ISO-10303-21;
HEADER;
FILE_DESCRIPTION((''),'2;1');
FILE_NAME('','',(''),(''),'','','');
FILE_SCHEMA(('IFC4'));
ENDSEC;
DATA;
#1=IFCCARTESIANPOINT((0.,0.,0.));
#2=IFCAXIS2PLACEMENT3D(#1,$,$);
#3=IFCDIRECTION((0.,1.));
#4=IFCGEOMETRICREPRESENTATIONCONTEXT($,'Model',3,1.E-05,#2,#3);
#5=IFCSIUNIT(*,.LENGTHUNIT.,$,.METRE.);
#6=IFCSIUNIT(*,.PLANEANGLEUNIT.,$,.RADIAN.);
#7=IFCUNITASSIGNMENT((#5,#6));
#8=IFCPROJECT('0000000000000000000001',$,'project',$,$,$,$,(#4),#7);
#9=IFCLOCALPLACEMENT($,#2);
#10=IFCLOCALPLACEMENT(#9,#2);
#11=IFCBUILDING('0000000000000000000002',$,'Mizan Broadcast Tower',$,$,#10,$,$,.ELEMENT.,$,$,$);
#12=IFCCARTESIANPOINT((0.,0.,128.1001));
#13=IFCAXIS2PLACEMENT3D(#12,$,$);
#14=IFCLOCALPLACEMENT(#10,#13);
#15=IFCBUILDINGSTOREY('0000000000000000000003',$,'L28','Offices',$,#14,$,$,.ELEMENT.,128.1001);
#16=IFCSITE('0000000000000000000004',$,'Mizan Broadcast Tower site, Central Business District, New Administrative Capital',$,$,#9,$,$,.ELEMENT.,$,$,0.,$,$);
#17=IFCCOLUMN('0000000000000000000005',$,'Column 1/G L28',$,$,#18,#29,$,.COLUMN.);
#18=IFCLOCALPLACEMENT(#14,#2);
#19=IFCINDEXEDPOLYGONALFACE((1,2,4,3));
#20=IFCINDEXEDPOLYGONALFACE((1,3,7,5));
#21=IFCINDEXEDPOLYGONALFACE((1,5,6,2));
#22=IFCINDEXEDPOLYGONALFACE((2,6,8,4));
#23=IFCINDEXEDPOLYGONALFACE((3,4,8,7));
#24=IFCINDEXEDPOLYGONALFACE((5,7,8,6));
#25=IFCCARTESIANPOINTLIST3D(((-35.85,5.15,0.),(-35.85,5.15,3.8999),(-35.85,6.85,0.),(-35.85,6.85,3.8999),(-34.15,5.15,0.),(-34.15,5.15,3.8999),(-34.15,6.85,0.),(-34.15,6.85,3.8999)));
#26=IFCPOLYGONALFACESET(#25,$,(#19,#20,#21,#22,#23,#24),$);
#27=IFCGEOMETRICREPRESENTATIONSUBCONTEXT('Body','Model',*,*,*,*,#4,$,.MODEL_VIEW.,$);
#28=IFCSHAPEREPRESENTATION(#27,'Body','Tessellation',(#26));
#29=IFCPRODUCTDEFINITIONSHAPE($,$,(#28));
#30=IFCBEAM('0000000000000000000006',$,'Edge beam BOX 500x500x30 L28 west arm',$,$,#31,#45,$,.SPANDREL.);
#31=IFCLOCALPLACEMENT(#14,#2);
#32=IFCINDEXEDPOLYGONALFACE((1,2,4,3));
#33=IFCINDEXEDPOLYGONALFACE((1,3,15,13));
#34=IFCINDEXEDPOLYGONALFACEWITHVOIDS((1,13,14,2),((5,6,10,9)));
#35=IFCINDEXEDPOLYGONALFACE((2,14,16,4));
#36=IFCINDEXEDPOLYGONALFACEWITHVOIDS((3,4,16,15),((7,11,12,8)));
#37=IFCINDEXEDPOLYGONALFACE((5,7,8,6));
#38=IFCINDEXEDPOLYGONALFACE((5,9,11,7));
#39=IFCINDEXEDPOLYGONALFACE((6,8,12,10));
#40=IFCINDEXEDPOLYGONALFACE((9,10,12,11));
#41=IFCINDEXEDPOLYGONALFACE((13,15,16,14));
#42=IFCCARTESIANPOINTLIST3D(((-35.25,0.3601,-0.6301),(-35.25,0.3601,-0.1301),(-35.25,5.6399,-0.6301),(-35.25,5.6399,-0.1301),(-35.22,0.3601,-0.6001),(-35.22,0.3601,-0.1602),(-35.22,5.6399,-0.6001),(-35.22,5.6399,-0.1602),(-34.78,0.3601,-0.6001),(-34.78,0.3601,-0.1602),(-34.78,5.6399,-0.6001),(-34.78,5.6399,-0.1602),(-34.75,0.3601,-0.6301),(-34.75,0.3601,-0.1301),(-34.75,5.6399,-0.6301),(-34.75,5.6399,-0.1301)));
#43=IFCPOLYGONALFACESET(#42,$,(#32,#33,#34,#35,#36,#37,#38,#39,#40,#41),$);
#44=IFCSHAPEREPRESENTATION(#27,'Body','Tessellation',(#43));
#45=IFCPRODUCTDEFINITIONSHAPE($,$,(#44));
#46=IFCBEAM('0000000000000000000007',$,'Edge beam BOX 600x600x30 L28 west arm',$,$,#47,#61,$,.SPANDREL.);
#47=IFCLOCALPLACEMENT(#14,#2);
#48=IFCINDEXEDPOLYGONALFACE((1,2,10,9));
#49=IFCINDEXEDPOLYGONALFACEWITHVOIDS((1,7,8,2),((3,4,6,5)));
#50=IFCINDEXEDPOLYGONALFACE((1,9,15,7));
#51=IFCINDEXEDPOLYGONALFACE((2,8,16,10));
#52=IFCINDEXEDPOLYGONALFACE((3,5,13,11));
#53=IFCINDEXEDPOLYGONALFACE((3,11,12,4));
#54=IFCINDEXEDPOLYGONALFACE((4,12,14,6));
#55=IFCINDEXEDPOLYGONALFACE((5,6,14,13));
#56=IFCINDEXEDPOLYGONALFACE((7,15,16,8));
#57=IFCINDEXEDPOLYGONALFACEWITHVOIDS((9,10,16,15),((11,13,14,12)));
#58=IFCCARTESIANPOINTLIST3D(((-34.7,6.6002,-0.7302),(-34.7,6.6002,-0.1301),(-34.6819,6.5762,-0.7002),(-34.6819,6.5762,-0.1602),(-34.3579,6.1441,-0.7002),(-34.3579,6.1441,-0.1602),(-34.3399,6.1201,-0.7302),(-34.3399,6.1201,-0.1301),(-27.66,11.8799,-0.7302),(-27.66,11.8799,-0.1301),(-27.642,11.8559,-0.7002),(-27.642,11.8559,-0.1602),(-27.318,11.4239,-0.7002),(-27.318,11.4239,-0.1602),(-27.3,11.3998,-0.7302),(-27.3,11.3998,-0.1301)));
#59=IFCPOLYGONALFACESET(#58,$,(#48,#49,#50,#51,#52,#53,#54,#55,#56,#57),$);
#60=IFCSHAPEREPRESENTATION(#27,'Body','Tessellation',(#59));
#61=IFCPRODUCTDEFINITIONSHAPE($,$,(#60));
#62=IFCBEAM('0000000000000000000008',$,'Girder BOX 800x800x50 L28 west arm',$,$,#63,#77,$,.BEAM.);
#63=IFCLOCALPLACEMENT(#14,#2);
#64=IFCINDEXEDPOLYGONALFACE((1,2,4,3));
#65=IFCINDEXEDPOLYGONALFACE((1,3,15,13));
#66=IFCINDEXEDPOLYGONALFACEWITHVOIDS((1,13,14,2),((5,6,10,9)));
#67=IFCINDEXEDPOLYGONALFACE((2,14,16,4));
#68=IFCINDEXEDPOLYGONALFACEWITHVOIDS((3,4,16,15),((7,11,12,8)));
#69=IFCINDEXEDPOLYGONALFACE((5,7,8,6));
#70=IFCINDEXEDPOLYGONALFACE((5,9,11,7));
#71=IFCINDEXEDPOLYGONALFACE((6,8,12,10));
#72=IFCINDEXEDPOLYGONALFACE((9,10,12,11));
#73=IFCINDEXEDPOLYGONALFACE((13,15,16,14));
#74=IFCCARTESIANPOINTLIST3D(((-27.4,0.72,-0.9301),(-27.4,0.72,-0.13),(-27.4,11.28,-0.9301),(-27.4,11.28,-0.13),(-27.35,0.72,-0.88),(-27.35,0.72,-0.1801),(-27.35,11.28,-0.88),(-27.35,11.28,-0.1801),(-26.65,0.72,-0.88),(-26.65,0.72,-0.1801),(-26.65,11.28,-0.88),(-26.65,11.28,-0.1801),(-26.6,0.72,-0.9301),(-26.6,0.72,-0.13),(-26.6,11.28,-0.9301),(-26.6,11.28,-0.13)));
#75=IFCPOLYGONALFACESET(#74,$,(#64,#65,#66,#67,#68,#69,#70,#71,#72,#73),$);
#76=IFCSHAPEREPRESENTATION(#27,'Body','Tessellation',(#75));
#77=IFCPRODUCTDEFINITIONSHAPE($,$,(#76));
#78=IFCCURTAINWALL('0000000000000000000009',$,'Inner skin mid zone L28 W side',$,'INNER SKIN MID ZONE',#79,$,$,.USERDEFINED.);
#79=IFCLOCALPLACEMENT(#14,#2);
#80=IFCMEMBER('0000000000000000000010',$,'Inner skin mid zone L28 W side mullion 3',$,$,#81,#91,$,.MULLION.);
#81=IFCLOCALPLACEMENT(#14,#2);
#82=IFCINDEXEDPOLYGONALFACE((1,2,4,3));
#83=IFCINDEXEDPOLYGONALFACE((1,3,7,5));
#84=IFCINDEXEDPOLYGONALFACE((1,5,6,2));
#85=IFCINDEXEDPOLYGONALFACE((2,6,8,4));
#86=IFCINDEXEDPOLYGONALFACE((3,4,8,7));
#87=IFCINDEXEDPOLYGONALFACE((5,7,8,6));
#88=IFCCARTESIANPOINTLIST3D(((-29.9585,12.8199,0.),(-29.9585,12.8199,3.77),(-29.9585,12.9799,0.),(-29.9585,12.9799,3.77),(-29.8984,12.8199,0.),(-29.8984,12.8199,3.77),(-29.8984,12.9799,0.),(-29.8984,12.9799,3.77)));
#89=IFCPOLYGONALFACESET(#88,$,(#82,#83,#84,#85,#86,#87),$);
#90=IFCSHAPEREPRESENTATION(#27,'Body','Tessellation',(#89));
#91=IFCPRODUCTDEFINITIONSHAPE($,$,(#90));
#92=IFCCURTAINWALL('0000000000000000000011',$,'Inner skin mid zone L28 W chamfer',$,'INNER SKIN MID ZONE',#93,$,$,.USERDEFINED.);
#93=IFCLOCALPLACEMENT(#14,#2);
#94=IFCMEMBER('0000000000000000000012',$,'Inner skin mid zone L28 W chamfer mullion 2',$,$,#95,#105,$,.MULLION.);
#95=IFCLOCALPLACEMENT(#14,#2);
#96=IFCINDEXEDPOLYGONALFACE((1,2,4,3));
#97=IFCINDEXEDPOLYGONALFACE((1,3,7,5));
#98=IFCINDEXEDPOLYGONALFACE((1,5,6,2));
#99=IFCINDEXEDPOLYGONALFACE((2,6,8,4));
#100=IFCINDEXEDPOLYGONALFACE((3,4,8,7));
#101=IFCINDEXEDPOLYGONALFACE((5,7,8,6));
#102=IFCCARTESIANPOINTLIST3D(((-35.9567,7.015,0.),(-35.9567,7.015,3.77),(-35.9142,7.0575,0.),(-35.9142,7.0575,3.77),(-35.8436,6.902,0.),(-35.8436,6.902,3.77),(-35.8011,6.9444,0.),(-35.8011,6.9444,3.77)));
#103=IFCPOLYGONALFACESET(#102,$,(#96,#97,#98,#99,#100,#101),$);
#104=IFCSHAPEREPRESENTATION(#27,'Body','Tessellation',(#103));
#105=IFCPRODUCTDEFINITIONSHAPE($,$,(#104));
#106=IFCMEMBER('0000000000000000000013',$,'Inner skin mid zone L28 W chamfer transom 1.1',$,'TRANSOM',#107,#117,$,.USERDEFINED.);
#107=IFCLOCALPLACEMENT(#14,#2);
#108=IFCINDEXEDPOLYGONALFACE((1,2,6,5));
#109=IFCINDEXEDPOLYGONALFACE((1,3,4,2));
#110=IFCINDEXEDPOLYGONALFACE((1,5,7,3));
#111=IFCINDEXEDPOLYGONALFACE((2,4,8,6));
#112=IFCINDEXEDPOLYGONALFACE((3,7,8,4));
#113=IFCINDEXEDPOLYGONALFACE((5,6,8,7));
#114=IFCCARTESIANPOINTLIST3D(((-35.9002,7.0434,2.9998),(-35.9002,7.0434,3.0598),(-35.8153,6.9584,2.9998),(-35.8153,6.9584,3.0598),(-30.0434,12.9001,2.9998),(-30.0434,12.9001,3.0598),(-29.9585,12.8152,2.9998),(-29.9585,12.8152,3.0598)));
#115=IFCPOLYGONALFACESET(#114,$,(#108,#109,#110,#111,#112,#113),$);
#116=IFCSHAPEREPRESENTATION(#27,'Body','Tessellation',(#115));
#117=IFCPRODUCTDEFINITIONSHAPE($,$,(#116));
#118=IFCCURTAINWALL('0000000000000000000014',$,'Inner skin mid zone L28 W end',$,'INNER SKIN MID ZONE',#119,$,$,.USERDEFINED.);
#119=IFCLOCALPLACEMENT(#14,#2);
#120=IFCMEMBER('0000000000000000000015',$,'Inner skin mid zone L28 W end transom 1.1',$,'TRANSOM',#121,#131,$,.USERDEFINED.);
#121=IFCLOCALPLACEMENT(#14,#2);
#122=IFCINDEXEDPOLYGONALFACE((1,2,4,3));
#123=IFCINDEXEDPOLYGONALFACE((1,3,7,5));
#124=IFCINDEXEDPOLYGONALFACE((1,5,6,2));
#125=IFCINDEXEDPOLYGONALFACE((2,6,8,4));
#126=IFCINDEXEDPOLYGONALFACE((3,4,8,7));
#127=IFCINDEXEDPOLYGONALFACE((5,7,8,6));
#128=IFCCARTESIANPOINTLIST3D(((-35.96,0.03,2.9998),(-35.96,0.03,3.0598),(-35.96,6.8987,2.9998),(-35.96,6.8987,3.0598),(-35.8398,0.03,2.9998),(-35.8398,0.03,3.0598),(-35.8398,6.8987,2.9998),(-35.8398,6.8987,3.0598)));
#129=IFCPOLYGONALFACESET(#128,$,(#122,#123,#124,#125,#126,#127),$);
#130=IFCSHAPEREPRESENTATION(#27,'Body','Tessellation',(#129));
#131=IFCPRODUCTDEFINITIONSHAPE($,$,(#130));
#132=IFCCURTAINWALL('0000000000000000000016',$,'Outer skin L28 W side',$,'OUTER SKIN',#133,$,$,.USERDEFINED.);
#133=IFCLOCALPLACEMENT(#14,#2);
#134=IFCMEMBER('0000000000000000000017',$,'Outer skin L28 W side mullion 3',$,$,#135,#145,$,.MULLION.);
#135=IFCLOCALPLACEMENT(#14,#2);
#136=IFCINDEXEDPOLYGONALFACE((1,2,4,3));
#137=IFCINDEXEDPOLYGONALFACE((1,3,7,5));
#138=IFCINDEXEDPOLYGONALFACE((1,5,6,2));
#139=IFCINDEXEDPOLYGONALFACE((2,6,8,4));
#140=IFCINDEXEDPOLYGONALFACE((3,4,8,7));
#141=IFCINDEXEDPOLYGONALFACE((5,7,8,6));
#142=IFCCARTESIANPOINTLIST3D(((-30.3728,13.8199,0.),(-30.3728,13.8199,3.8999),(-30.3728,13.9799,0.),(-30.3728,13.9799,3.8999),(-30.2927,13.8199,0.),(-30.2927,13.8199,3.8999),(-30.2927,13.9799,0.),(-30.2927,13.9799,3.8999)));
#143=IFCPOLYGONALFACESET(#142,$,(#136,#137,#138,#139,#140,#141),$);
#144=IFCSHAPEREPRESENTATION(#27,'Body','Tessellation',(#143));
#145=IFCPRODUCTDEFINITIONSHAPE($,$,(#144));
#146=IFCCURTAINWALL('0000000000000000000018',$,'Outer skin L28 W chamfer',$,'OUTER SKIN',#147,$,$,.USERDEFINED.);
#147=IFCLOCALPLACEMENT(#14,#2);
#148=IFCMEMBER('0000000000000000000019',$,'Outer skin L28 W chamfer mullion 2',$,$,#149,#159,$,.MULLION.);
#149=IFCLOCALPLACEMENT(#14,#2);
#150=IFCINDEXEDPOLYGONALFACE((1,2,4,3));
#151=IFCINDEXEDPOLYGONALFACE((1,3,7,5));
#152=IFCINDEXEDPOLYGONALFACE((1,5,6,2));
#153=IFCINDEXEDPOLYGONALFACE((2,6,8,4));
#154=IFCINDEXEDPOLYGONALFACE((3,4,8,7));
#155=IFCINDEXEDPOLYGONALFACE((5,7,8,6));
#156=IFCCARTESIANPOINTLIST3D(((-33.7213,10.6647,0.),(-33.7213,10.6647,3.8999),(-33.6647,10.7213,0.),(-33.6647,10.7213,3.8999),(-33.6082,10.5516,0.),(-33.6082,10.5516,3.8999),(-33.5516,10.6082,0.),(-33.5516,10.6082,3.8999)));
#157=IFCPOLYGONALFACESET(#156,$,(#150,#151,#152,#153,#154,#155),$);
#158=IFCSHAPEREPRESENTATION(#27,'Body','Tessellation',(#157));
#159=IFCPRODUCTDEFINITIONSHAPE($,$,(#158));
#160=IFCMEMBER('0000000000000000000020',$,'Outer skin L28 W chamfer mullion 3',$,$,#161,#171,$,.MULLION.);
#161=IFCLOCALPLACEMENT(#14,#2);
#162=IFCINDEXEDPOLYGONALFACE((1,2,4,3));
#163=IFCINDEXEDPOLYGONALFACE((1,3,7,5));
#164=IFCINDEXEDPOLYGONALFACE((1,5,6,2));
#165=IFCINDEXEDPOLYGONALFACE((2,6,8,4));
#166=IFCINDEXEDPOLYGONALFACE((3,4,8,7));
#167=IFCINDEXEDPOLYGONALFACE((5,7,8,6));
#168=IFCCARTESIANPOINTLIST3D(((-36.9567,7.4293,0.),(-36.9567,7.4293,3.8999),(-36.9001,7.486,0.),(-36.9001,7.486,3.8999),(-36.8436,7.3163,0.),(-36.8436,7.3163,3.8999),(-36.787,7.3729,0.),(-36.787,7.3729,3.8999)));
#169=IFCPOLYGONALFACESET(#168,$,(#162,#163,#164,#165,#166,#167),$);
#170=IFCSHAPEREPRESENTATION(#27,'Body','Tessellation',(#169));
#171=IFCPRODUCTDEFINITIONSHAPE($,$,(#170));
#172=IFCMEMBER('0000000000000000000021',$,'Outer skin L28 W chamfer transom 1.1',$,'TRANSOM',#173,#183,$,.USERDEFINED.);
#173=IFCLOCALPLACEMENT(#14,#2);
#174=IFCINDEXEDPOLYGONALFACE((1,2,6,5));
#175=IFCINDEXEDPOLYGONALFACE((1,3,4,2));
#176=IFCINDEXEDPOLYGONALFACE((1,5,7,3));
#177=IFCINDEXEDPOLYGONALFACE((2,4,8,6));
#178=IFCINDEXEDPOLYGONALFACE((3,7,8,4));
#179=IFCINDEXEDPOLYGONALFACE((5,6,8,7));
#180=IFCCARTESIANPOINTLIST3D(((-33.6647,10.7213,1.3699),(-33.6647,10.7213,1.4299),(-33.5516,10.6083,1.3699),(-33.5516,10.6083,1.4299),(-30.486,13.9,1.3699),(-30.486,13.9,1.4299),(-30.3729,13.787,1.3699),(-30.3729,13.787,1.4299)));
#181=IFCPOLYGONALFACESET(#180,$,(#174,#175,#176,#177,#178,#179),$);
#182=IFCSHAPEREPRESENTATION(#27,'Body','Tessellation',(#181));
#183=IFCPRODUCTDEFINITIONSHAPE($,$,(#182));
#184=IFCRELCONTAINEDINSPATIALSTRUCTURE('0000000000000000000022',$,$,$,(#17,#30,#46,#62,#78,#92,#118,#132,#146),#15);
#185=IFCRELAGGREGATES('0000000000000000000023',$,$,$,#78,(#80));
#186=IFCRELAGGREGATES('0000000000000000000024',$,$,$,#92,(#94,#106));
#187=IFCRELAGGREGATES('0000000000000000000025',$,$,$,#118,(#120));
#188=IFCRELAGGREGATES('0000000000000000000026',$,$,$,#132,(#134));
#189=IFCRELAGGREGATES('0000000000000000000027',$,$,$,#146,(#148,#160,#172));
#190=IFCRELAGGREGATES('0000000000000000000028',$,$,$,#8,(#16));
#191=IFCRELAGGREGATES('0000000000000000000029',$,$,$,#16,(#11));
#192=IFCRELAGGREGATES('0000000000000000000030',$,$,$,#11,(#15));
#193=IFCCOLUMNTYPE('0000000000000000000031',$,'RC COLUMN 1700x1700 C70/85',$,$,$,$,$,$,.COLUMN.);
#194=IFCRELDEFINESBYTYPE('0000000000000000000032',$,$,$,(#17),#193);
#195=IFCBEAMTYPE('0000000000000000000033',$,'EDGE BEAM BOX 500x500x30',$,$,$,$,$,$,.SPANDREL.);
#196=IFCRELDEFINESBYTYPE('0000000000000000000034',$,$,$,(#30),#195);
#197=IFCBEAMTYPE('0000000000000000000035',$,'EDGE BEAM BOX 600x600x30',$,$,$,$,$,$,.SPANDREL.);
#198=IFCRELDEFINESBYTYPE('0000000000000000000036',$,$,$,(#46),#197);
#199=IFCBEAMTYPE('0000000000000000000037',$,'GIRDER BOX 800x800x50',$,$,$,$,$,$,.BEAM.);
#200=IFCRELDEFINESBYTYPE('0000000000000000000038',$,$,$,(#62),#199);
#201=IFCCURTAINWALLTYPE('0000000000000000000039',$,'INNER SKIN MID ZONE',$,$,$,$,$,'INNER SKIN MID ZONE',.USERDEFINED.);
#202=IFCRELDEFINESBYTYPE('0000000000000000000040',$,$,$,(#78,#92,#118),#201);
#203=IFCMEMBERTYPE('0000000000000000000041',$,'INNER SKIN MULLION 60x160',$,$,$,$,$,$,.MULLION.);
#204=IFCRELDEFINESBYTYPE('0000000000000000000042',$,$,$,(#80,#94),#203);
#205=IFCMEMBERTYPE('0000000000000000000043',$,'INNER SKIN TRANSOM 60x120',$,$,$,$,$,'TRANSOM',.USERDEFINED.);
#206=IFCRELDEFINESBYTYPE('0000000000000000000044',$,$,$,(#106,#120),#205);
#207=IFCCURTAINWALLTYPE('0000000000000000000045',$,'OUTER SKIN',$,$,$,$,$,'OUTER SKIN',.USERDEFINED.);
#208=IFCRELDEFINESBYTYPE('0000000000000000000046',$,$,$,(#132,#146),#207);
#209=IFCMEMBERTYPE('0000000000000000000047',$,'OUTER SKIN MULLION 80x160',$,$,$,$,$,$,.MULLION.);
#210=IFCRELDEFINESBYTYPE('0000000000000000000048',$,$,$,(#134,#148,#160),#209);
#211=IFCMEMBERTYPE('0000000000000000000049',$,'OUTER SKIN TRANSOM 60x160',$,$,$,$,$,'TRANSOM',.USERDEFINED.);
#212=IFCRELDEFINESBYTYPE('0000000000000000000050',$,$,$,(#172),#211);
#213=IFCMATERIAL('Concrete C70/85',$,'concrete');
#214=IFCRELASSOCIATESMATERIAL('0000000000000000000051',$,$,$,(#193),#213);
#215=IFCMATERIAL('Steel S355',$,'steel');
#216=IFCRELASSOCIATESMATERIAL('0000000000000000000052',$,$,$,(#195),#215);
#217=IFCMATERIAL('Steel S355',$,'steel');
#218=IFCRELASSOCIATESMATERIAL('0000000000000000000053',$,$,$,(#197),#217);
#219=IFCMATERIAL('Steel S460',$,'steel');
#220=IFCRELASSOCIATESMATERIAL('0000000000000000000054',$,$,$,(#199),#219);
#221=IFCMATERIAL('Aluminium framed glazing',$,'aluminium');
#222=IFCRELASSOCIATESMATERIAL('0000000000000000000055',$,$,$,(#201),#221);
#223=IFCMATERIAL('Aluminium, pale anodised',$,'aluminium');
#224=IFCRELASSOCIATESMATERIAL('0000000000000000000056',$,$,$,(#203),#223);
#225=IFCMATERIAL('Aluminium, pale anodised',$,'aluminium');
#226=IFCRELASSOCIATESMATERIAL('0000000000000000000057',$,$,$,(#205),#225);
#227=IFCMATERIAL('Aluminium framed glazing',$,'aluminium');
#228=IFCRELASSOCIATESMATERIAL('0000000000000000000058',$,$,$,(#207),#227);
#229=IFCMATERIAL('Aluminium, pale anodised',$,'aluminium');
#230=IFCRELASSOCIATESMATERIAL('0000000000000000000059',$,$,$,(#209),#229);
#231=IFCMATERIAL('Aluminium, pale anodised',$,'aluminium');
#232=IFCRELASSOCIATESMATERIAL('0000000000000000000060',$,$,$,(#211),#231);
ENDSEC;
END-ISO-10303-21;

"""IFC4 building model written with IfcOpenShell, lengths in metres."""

from ifc_helpers import new_model, si_unit, direction, frame, origin, origin_2d, place, context, subcontext, project, spatial, rectangle, hollow_rectangle, extrude, material, material_profile, profile_set, type_object, element, aggregate, save


model = new_model("IFC4")

# Units and contexts
model_context = context("Model", 3, precision=1e-05, world=origin(), true_north=direction((0.0, 1.0)))
body_context = subcontext(model_context, "Body", "Model", "MODEL_VIEW")
ifc_project = project(units=[si_unit("LENGTHUNIT", "METRE"), si_unit("PLANEANGLEUNIT", "RADIAN")], contexts=[model_context])

# Site, building, storey
site_placement = place(None, origin())
site = spatial("IfcSite", under=ifc_project, at=site_placement, Name="Mizan Broadcast Tower site, Central Business District, New Administrative Capital", CompositionType="ELEMENT", RefElevation=0.0)
building_placement = place(site_placement, origin())
building = spatial("IfcBuilding", under=site, at=building_placement, Name="Mizan Broadcast Tower", CompositionType="ELEMENT")
storey_placement = place(building_placement, frame((0.0, 0.0, 128.1001)))
storey = spatial("IfcBuildingStorey", under=building, at=storey_placement, Name="L28", Description="Offices", CompositionType="ELEMENT", Elevation=128.1001)

# Column
ifc_material_1 = material(Name="Concrete C70/85", Category="concrete")
ifc_material_profile_1 = material_profile(ifc_material_1, rectangle(XDim=1.7, YDim=1.7, at=origin_2d()), Name="RC 1700x1700")
ifc_profile_set_1 = profile_set([ifc_material_profile_1], Name="Concrete C70/85")
column_type = type_object("IfcColumnType", Name="RC COLUMN 1700x1700 C70/85", PredefinedType="COLUMN", material=ifc_profile_set_1)
column_placement = place(storey_placement, frame((-35.0, 6.0, 0.0), z_axis=(0.0, 0.0, 1.0), x_axis=(1.0, 0.0, 0.0)))
element("IfcColumn", 1, at=column_placement, inside=storey, type_object=column_type, Name="Column 1/G L28", PredefinedType="COLUMN", context=body_context, shape_type="SweptSolid", body=[
    extrude(rectangle(XDim=1.7, YDim=1.7, at=origin_2d()), origin(), (0.0, 0.0, 1.0), 3.8999),
])

# Beams
ifc_material_2 = material(Name="Steel S355", Category="steel")
ifc_material_profile_2 = material_profile(ifc_material_2, hollow_rectangle(XDim=0.5, YDim=0.5, WallThickness=0.03, at=origin_2d()), Name="BOX 500x500x30")
ifc_profile_set_2 = profile_set([ifc_material_profile_2], Name="Steel S355")
beam_type_1 = type_object("IfcBeamType", Name="EDGE BEAM BOX 500x500x30", PredefinedType="SPANDREL", material=ifc_profile_set_2)
beam_1_placement = place(storey_placement, frame((-35.0, 5.6399, -0.3801), z_axis=(0.0, -1.0, 0.0), x_axis=(1.0, 0.0, 0.0)))
element("IfcBeam", 2, at=beam_1_placement, inside=storey, type_object=beam_type_1, Name="Edge beam BOX 500x500x30 L28 west arm", PredefinedType="SPANDREL", context=body_context, shape_type="SweptSolid", body=[
    extrude(hollow_rectangle(XDim=0.5, YDim=0.5, WallThickness=0.03, at=origin_2d()), origin(), (0.0, 0.0, 1.0), 5.2798),
])
ifc_material_3 = material(Name="Steel S355", Category="steel")
ifc_material_profile_3 = material_profile(ifc_material_3, hollow_rectangle(XDim=0.6001, YDim=0.6001, WallThickness=0.03, at=origin_2d()), Name="BOX 600x600x30")
ifc_profile_set_3 = profile_set([ifc_material_profile_3], Name="Steel S355")
beam_type_2 = type_object("IfcBeamType", Name="EDGE BEAM BOX 600x600x30", PredefinedType="SPANDREL", material=ifc_profile_set_3)
beam_2_placement = place(storey_placement, frame((-27.48, 11.6399, -0.4302), z_axis=(-0.800013, -0.599982, 0.0), x_axis=(0.599982, -0.800013, 0.0)))
element("IfcBeam", 3, at=beam_2_placement, inside=storey, type_object=beam_type_2, Name="Edge beam BOX 600x600x30 L28 west arm", PredefinedType="SPANDREL", context=body_context, shape_type="SweptSolid", body=[
    extrude(hollow_rectangle(XDim=0.6001, YDim=0.6001, WallThickness=0.03, at=origin_2d()), origin(), (0.0, 0.0, 1.0), 8.7998),
])
ifc_material_4 = material(Name="Steel S460", Category="steel")
ifc_material_profile_4 = material_profile(ifc_material_4, hollow_rectangle(XDim=0.8, YDim=0.8, WallThickness=0.05, at=origin_2d()), Name="BOX 800x800x50")
ifc_profile_set_4 = profile_set([ifc_material_profile_4], Name="Steel S460")
beam_type_3 = type_object("IfcBeamType", Name="GIRDER BOX 800x800x50", PredefinedType="BEAM", material=ifc_profile_set_4)
beam_3_placement = place(storey_placement, frame((-27.0, 11.28, -0.53), z_axis=(0.0, -1.0, 0.0), x_axis=(1.0, 0.0, 0.0)))
element("IfcBeam", 4, at=beam_3_placement, inside=storey, type_object=beam_type_3, Name="Girder BOX 800x800x50 L28 west arm", PredefinedType="BEAM", context=body_context, shape_type="SweptSolid", body=[
    extrude(hollow_rectangle(XDim=0.8, YDim=0.8, WallThickness=0.05, at=origin_2d()), origin(), (0.0, 0.0, 1.0), 10.5601),
])

# Curtain wall, member
ifc_material_5 = material(Name="Aluminium framed glazing", Category="aluminium")
curtain_wall_type_1 = type_object("IfcCurtainWallType", Name="INNER SKIN MID ZONE", ElementType="INNER SKIN MID ZONE", PredefinedType="USERDEFINED", material=ifc_material_5)
curtain_wall_1_placement = place(storey_placement, origin())
curtain_wall_1 = element("IfcCurtainWall", 5, at=curtain_wall_1_placement, inside=storey, type_object=curtain_wall_type_1, Name="Inner skin mid zone L28 W side", ObjectType="INNER SKIN MID ZONE", PredefinedType="USERDEFINED")
ifc_material_6 = material(Name="Aluminium, pale anodised", Category="aluminium")
ifc_material_profile_5 = material_profile(ifc_material_6, rectangle(XDim=0.1599, YDim=0.0601, at=origin_2d()), Name="MULLION 160x60")
ifc_profile_set_5 = profile_set([ifc_material_profile_5], Name="Aluminium, pale anodised")
member_type_1 = type_object("IfcMemberType", Name="INNER SKIN MULLION 60x160", PredefinedType="MULLION", material=ifc_profile_set_5)
member_1_placement = place(storey_placement, frame((-29.9285, 12.8999, 0.0), z_axis=(0.0, 0.0, 1.0), x_axis=(0.0, -1.0, 0.0)))
member_1 = element("IfcMember", 6, at=member_1_placement, type_object=member_type_1, Name="Inner skin mid zone L28 W side mullion 3", PredefinedType="MULLION", context=body_context, shape_type="SweptSolid", body=[
    extrude(rectangle(XDim=0.1599, YDim=0.0601, at=origin_2d()), origin(), (0.0, 0.0, 1.0), 3.77),
])

# Curtain wall, members
curtain_wall_2_placement = place(storey_placement, origin())
curtain_wall_2 = element("IfcCurtainWall", 7, at=curtain_wall_2_placement, inside=storey, type_object=curtain_wall_type_1, Name="Inner skin mid zone L28 W chamfer", ObjectType="INNER SKIN MID ZONE", PredefinedType="USERDEFINED")
member_2_placement = place(storey_placement, frame((-35.8789, 6.9797, 0.0), z_axis=(0.0, 0.0, 1.0), x_axis=(0.707107, -0.707107, 0.0)))
member_2 = element("IfcMember", 8, at=member_2_placement, type_object=member_type_1, Name="Inner skin mid zone L28 W chamfer mullion 2", PredefinedType="MULLION", context=body_context, shape_type="SweptSolid", body=[
    extrude(rectangle(XDim=0.1599, YDim=0.0601, at=origin_2d()), origin(), (0.0, 0.0, 1.0), 3.77),
])
ifc_material_7 = material(Name="Aluminium, pale anodised", Category="aluminium")
ifc_material_profile_6 = material_profile(ifc_material_7, rectangle(XDim=0.1201, YDim=0.0601, at=origin_2d()), Name="TRANSOM 120x60")
ifc_profile_set_6 = profile_set([ifc_material_profile_6], Name="Aluminium, pale anodised")
member_type_2 = type_object("IfcMemberType", Name="INNER SKIN TRANSOM 60x120", ElementType="TRANSOM", PredefinedType="USERDEFINED", material=ifc_profile_set_6)
member_3_placement = place(storey_placement, frame((-30.001, 12.8577, 3.0298), z_axis=(-0.707107, -0.707107, 0.0), x_axis=(0.707107, -0.707107, 0.0)))
member_3 = element("IfcMember", 9, at=member_3_placement, type_object=member_type_2, Name="Inner skin mid zone L28 W chamfer transom 1.1", ObjectType="TRANSOM", PredefinedType="USERDEFINED", context=body_context, shape_type="SweptSolid", body=[
    extrude(rectangle(XDim=0.1201, YDim=0.0601, at=origin_2d()), origin(), (0.0, 0.0, 1.0), 8.2827),
])

# Curtain walls, members
curtain_wall_3_placement = place(storey_placement, origin())
curtain_wall_3 = element("IfcCurtainWall", 10, at=curtain_wall_3_placement, inside=storey, type_object=curtain_wall_type_1, Name="Inner skin mid zone L28 W end", ObjectType="INNER SKIN MID ZONE", PredefinedType="USERDEFINED")
member_4_placement = place(storey_placement, frame((-35.8999, 6.8987, 3.0298), z_axis=(0.0, -1.0, 0.0), x_axis=(1.0, 0.0, 0.0)))
member_4 = element("IfcMember", 11, at=member_4_placement, type_object=member_type_2, Name="Inner skin mid zone L28 W end transom 1.1", ObjectType="TRANSOM", PredefinedType="USERDEFINED", context=body_context, shape_type="SweptSolid", body=[
    extrude(rectangle(XDim=0.1201, YDim=0.0601, at=origin_2d()), origin(), (0.0, 0.0, 1.0), 6.8687),
])
ifc_material_8 = material(Name="Aluminium framed glazing", Category="aluminium")
curtain_wall_type_2 = type_object("IfcCurtainWallType", Name="OUTER SKIN", ElementType="OUTER SKIN", PredefinedType="USERDEFINED", material=ifc_material_8)
curtain_wall_4_placement = place(storey_placement, origin())
curtain_wall_4 = element("IfcCurtainWall", 12, at=curtain_wall_4_placement, inside=storey, type_object=curtain_wall_type_2, Name="Outer skin L28 W side", ObjectType="OUTER SKIN", PredefinedType="USERDEFINED")
ifc_material_9 = material(Name="Aluminium, pale anodised", Category="aluminium")
ifc_material_profile_7 = material_profile(ifc_material_9, rectangle(XDim=0.1599, YDim=0.0801, at=origin_2d()), Name="MULLION 160x80")
ifc_profile_set_7 = profile_set([ifc_material_profile_7], Name="Aluminium, pale anodised")
member_type_3 = type_object("IfcMemberType", Name="OUTER SKIN MULLION 80x160", PredefinedType="MULLION", material=ifc_profile_set_7)
member_5_placement = place(storey_placement, frame((-30.3328, 13.8999, 0.0), z_axis=(0.0, 0.0, 1.0), x_axis=(0.0, -1.0, 0.0)))
member_5 = element("IfcMember", 13, at=member_5_placement, type_object=member_type_3, Name="Outer skin L28 W side mullion 3", PredefinedType="MULLION", context=body_context, shape_type="SweptSolid", body=[
    extrude(rectangle(XDim=0.1599, YDim=0.0801, at=origin_2d()), origin(), (0.0, 0.0, 1.0), 3.8999),
])

# Curtain wall, members
curtain_wall_5_placement = place(storey_placement, origin())
curtain_wall_5 = element("IfcCurtainWall", 14, at=curtain_wall_5_placement, inside=storey, type_object=curtain_wall_type_2, Name="Outer skin L28 W chamfer", ObjectType="OUTER SKIN", PredefinedType="USERDEFINED")
member_6_placement = place(storey_placement, frame((-33.6365, 10.6365, 0.0), z_axis=(0.0, 0.0, 1.0), x_axis=(0.707107, -0.707107, 0.0)))
member_6 = element("IfcMember", 15, at=member_6_placement, type_object=member_type_3, Name="Outer skin L28 W chamfer mullion 2", PredefinedType="MULLION", context=body_context, shape_type="SweptSolid", body=[
    extrude(rectangle(XDim=0.1599, YDim=0.0801, at=origin_2d()), origin(), (0.0, 0.0, 1.0), 3.8999),
])
member_7_placement = place(storey_placement, frame((-36.8718, 7.4011, 0.0), z_axis=(0.0, 0.0, 1.0), x_axis=(0.707107, -0.707107, 0.0)))
member_7 = element("IfcMember", 16, at=member_7_placement, type_object=member_type_3, Name="Outer skin L28 W chamfer mullion 3", PredefinedType="MULLION", context=body_context, shape_type="SweptSolid", body=[
    extrude(rectangle(XDim=0.1599, YDim=0.0801, at=origin_2d()), origin(), (0.0, 0.0, 1.0), 3.8999),
])
ifc_material_10 = material(Name="Aluminium, pale anodised", Category="aluminium")
ifc_material_profile_8 = material_profile(ifc_material_10, rectangle(XDim=0.1599, YDim=0.0601, at=origin_2d()), Name="TRANSOM 160x60")
ifc_profile_set_8 = profile_set([ifc_material_profile_8], Name="Aluminium, pale anodised")
member_type_4 = type_object("IfcMemberType", Name="OUTER SKIN TRANSOM 60x160", ElementType="TRANSOM", PredefinedType="USERDEFINED", material=ifc_profile_set_8)
member_8_placement = place(storey_placement, frame((-30.4294, 13.8435, 1.3999), z_axis=(-0.707107, -0.707107, 0.0), x_axis=(0.707107, -0.707107, 0.0)))
member_8 = element("IfcMember", 17, at=member_8_placement, type_object=member_type_4, Name="Outer skin L28 W chamfer transom 1.1", ObjectType="TRANSOM", PredefinedType="USERDEFINED", context=body_context, shape_type="SweptSolid", body=[
    extrude(rectangle(XDim=0.1599, YDim=0.0601, at=origin_2d()), origin(), (0.0, 0.0, 1.0), 4.4954),
])

aggregate(curtain_wall_1, [member_1])
aggregate(curtain_wall_2, [member_2, member_3])
aggregate(curtain_wall_3, [member_4])
aggregate(curtain_wall_4, [member_5])
aggregate(curtain_wall_5, [member_6, member_7, member_8])

save(model, "model.ifc")
